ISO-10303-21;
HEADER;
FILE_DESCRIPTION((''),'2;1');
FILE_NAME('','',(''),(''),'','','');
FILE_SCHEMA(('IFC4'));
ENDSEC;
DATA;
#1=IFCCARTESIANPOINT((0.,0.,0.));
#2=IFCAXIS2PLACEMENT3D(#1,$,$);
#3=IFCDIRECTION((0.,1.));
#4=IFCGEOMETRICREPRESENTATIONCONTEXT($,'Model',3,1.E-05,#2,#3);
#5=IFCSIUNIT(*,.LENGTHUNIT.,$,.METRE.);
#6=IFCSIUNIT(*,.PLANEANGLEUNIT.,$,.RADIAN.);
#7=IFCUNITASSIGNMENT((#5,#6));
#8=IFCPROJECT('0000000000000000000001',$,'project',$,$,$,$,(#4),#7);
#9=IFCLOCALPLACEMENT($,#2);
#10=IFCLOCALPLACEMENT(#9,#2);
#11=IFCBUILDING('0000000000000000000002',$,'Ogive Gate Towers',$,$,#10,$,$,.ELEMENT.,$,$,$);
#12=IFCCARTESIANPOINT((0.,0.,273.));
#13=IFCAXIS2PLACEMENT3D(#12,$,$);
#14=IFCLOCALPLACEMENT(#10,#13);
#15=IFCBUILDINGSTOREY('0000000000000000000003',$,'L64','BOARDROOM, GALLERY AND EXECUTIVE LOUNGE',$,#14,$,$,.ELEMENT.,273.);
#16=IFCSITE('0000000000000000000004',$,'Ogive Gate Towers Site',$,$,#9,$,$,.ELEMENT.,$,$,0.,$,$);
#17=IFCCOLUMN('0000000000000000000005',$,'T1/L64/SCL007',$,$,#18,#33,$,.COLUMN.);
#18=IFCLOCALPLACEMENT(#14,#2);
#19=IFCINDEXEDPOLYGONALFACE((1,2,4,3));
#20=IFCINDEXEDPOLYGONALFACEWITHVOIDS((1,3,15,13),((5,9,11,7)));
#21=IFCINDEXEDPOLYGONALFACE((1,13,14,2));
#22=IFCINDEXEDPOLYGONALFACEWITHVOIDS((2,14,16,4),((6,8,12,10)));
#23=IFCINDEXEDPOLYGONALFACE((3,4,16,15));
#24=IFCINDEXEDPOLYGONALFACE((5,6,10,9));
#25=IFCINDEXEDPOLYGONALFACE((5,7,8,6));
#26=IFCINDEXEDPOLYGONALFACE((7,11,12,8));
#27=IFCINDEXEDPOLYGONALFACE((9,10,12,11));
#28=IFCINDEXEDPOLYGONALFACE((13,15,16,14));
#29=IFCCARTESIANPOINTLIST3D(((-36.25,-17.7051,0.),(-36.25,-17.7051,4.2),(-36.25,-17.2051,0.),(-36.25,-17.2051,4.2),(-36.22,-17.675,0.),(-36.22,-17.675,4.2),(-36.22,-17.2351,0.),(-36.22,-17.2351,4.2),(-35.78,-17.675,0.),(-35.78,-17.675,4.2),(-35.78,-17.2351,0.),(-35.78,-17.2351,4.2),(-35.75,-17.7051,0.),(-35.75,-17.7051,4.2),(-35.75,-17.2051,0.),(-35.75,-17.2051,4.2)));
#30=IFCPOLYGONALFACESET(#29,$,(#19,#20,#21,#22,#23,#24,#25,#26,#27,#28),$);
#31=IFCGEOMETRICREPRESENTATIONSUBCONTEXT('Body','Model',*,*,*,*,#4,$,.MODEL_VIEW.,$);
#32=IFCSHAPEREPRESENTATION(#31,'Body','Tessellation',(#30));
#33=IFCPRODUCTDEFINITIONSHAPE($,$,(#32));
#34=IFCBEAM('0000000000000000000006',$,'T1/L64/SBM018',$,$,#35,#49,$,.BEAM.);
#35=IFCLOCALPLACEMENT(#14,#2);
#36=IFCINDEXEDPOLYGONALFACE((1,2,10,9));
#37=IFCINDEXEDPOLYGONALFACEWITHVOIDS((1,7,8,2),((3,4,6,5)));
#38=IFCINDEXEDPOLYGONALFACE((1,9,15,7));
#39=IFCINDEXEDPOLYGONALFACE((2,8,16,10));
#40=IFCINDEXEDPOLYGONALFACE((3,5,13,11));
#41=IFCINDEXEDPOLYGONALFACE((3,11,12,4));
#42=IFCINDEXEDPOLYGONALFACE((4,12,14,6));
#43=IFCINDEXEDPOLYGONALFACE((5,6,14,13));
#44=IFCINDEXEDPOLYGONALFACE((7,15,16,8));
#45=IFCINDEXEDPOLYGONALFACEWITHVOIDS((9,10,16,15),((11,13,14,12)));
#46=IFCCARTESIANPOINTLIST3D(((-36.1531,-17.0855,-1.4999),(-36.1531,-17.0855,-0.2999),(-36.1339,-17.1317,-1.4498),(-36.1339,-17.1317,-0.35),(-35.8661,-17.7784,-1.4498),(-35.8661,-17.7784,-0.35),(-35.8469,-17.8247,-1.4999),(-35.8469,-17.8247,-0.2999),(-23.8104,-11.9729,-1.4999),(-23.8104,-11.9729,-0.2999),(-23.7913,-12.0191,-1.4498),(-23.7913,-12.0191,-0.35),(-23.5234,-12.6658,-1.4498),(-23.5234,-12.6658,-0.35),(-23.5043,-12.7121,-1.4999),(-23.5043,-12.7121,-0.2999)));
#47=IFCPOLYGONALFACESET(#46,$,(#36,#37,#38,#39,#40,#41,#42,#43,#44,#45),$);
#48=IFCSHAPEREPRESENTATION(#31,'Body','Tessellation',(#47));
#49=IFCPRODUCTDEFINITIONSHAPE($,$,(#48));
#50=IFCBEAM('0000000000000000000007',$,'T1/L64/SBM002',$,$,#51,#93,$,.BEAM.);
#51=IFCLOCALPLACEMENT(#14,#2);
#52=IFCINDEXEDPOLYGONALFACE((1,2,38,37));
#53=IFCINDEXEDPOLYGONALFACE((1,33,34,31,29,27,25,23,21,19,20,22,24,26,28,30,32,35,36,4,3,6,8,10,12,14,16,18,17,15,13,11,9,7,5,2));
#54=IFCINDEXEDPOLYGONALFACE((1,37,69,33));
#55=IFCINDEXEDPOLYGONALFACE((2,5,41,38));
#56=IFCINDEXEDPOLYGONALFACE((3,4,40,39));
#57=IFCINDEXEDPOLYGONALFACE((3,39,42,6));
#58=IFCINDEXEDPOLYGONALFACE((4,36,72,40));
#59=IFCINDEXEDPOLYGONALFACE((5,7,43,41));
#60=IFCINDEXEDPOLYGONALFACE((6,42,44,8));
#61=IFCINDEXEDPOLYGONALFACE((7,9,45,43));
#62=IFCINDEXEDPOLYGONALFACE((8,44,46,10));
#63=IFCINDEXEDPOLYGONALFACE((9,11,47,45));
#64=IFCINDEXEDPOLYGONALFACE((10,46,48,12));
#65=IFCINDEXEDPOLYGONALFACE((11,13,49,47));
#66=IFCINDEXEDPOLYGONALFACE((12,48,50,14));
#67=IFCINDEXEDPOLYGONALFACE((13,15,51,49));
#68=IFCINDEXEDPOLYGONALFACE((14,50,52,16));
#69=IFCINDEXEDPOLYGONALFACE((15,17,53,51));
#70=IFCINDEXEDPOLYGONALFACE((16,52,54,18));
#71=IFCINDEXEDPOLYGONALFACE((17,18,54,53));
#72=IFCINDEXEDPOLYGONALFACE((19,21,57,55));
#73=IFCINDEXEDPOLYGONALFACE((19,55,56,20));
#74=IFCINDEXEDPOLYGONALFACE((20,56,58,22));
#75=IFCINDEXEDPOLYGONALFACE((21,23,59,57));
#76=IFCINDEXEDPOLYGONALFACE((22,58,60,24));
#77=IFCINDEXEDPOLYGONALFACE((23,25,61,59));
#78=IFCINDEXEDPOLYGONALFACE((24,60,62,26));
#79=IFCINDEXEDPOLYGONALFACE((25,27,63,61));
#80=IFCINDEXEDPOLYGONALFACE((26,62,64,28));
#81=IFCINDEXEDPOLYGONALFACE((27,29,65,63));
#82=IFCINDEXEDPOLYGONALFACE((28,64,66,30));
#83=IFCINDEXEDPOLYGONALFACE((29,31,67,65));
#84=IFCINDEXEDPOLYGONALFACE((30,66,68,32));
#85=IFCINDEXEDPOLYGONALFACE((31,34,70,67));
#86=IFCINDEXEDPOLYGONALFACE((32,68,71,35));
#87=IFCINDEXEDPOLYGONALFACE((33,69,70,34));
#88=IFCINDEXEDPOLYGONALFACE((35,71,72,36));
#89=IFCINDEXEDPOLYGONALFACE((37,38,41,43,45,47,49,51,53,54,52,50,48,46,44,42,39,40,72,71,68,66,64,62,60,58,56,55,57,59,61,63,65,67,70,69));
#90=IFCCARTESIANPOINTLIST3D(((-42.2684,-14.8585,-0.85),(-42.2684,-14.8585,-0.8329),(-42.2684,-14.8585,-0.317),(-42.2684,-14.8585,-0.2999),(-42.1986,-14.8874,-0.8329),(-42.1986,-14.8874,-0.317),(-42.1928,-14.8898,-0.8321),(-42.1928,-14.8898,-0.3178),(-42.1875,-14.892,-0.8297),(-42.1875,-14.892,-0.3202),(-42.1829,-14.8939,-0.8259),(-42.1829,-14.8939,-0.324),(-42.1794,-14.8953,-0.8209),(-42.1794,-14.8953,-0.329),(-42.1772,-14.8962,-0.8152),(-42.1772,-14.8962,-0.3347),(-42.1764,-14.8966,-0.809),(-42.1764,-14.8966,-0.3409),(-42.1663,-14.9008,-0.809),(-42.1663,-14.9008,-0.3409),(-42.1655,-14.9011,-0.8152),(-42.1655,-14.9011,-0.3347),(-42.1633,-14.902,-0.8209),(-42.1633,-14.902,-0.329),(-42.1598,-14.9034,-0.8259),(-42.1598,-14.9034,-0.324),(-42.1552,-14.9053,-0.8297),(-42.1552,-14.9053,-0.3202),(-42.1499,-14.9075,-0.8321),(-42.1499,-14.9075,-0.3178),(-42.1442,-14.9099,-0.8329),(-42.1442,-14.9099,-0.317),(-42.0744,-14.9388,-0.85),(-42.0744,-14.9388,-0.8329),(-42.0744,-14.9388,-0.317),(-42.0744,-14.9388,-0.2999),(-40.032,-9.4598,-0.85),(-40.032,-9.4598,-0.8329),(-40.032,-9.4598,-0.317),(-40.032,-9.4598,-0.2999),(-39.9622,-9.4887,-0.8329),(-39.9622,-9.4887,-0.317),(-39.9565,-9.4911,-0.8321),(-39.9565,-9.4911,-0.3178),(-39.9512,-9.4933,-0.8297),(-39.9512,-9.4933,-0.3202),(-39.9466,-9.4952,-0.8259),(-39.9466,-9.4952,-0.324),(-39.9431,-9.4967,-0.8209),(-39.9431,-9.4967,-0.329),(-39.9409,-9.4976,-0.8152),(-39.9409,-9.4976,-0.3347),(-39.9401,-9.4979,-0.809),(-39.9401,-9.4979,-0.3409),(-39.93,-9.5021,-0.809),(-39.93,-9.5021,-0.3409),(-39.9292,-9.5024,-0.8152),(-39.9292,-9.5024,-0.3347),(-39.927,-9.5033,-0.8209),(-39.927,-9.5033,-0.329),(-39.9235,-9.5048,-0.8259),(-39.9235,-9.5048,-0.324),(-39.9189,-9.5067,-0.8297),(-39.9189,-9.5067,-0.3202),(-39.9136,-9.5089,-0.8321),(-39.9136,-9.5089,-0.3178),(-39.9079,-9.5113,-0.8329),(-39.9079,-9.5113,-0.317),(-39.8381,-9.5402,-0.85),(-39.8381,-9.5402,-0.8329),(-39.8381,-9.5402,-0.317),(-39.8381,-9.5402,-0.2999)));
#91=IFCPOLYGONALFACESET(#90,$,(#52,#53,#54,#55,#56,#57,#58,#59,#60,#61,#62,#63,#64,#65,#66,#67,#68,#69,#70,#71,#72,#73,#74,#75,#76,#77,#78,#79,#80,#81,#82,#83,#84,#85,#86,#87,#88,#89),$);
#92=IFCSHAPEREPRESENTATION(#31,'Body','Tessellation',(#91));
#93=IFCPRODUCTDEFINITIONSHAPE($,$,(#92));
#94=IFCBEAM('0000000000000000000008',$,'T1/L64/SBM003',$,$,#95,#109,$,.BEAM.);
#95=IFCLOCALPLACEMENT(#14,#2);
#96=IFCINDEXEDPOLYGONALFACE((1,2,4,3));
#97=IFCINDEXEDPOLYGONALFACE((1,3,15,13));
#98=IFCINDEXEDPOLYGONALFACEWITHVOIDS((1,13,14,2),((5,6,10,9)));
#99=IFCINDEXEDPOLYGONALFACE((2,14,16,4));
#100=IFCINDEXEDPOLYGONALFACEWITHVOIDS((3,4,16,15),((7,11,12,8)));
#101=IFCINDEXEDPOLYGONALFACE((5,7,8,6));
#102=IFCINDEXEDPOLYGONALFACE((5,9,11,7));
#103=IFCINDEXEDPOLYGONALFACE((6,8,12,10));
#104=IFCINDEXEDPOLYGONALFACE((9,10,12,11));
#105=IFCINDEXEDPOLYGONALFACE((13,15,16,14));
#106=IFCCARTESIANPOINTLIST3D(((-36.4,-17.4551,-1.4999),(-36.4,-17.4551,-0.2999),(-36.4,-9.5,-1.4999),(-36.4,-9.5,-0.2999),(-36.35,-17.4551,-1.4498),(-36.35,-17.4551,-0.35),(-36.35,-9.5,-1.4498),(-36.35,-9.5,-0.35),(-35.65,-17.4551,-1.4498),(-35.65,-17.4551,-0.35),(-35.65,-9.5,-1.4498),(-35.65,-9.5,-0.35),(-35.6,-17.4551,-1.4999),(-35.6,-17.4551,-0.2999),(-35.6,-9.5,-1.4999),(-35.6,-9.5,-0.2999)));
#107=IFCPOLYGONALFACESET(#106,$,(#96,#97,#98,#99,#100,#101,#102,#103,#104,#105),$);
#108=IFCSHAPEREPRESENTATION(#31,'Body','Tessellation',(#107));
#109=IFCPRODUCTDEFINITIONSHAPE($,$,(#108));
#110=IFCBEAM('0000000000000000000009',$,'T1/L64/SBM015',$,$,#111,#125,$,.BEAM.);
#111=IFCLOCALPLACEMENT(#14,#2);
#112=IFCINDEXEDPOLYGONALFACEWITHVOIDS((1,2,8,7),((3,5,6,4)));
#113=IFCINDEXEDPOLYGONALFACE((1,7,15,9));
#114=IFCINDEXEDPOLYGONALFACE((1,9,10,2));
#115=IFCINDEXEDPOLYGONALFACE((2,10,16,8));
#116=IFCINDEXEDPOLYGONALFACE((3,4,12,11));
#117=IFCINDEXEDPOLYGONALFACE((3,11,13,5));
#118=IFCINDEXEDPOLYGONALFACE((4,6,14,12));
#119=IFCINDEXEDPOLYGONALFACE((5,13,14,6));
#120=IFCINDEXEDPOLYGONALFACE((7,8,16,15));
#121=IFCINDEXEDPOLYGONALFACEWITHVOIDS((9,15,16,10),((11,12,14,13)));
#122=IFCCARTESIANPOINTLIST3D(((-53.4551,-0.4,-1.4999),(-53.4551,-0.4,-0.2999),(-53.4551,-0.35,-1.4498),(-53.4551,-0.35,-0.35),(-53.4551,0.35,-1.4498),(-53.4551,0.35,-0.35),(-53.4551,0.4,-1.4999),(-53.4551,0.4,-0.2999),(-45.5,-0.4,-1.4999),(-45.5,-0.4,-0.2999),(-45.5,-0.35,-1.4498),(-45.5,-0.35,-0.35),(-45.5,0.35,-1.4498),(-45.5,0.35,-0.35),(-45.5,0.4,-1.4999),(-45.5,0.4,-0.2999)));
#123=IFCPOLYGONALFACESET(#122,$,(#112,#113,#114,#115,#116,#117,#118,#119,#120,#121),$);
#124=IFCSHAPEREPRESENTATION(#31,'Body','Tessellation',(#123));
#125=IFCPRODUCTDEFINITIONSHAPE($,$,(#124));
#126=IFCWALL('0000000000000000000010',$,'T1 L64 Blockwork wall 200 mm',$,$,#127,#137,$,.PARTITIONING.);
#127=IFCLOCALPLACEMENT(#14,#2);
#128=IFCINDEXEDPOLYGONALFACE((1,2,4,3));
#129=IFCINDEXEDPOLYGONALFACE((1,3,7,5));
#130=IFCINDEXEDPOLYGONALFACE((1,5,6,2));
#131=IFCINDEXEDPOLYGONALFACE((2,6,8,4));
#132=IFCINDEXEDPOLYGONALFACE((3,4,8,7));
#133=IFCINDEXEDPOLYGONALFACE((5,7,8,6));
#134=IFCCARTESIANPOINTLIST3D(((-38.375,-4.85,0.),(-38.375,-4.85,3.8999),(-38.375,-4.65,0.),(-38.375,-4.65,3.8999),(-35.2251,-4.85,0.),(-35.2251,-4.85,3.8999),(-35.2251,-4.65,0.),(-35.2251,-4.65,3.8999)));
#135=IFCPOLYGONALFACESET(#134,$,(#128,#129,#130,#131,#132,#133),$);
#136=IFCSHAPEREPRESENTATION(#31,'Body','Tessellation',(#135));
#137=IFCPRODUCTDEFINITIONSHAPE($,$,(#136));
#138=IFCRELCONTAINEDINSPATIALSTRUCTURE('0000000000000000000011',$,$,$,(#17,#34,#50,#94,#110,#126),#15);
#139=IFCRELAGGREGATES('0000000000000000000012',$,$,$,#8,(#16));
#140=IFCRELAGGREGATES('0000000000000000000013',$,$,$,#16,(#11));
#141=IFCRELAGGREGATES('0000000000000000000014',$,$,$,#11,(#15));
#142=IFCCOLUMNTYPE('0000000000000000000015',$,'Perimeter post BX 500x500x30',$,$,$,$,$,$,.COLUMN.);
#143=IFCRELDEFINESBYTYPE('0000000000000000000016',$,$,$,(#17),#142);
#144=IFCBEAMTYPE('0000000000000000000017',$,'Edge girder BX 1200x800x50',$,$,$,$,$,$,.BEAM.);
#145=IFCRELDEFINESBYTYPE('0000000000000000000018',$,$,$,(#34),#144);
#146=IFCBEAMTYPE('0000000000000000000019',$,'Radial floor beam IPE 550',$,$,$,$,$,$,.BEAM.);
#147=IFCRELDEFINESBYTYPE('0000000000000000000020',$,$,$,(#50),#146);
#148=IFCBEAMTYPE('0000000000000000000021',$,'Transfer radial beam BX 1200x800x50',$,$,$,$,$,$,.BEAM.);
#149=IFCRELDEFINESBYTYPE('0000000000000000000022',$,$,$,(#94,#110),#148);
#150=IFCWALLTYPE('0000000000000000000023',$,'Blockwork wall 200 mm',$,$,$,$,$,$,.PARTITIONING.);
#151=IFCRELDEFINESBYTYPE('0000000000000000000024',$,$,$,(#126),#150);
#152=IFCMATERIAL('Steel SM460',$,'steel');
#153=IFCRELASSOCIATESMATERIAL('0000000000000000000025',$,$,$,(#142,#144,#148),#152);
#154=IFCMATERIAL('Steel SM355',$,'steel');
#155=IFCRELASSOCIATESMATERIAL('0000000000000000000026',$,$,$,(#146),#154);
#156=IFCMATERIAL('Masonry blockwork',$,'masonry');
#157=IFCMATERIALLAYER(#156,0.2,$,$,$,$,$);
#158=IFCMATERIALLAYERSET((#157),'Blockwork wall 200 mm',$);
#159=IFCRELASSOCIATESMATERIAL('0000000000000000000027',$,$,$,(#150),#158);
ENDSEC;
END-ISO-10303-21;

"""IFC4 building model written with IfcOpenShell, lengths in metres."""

from ifc_helpers import new_model, si_unit, direction, frame, frame_2d, origin, origin_2d, place, context, subcontext, project, spatial, rectangle, hollow_rectangle, i_section, extrude, material, layer, layer_set, material_profile, profile_set, type_object, element, save


model = new_model("IFC4")

# Units and contexts
model_context = context("Model", 3, precision=1e-05, world=origin(), true_north=direction((0.0, 1.0)))
body_context = subcontext(model_context, "Body", "Model", "MODEL_VIEW")
ifc_project = project(units=[si_unit("LENGTHUNIT", "METRE"), si_unit("PLANEANGLEUNIT", "RADIAN")], contexts=[model_context])

# Site, building, storey
site_placement = place(None, origin())
site = spatial("IfcSite", under=ifc_project, at=site_placement, Name="Ogive Gate Towers Site", CompositionType="ELEMENT", RefElevation=0.0)
building_placement = place(site_placement, origin())
building = spatial("IfcBuilding", under=site, at=building_placement, Name="Ogive Gate Towers", CompositionType="ELEMENT")
storey_placement = place(building_placement, frame((0.0, 0.0, 273.0)))
storey = spatial("IfcBuildingStorey", under=building, at=storey_placement, Name="L64", Description="BOARDROOM, GALLERY AND EXECUTIVE LOUNGE", CompositionType="ELEMENT", Elevation=273.0)

# Column
ifc_material_1 = material(Name="Steel SM460", Category="steel")
ifc_material_profile_1 = material_profile(ifc_material_1, hollow_rectangle(XDim=0.5, YDim=0.5, WallThickness=0.03, at=origin_2d()), Name="BX 500x500x30")
ifc_profile_set_1 = profile_set([ifc_material_profile_1], Name="Steel SM460")
column_type = type_object("IfcColumnType", Name="Perimeter post BX 500x500x30", PredefinedType="COLUMN", material=ifc_profile_set_1)
column_placement = place(storey_placement, frame((-36.0, -17.4551, 0.0), z_axis=(0.0, 0.0, 1.0), x_axis=(1.0, 0.0, 0.0)))
element("IfcColumn", 1, at=column_placement, inside=storey, type_object=column_type, Name="T1/L64/SCL007", PredefinedType="COLUMN", context=body_context, shape_type="SweptSolid", body=[
    extrude(hollow_rectangle(XDim=0.5, YDim=0.5, WallThickness=0.03, at=origin_2d()), origin(), (0.0, 0.0, 1.0), 4.2),
])

# Beams
ifc_material_profile_2 = material_profile(ifc_material_1, hollow_rectangle(XDim=0.8, YDim=1.2, WallThickness=0.05, at=origin_2d()), Name="BX 1200x800x50")
ifc_profile_set_2 = profile_set([ifc_material_profile_2], Name="Steel SM460")
beam_type_1 = type_object("IfcBeamType", Name="Edge girder BX 1200x800x50", PredefinedType="BEAM", material=ifc_profile_set_2)
beam_1_placement = place(storey_placement, frame((-36.0, -17.4551, -0.8999), z_axis=(0.923877, 0.38269, 0.0), x_axis=(-0.38269, 0.923877, 0.0)))
element("IfcBeam", 2, at=beam_1_placement, inside=storey, type_object=beam_type_1, Name="T1/L64/SBM018", PredefinedType="BEAM", context=body_context, shape_type="SweptSolid", body=[
    extrude(hollow_rectangle(XDim=0.8, YDim=1.2, WallThickness=0.05, at=origin_2d()), origin(), (0.0, 0.0, 1.0), 13.3596),
])
ifc_material_2 = material(Name="Steel SM355", Category="steel")
ifc_material_profile_3 = material_profile(ifc_material_2, i_section(OverallWidth=0.21, OverallDepth=0.55, WebThickness=0.011, FlangeThickness=0.0171, FilletRadius=0.0239, at=origin_2d()), Name="IPE 550")
ifc_profile_set_3 = profile_set([ifc_material_profile_3], Name="Steel SM355")
beam_type_2 = type_object("IfcBeamType", Name="Radial floor beam IPE 550", PredefinedType="BEAM", material=ifc_profile_set_3)
beam_2_placement = place(storey_placement, frame((-39.9351, -9.5, -0.575), z_axis=(-0.382701, -0.923872, 0.0), x_axis=(0.923872, -0.382701, 0.0)))
element("IfcBeam", 3, at=beam_2_placement, inside=storey, type_object=beam_type_2, Name="T1/L64/SBM002", PredefinedType="BEAM", context=body_context, shape_type="SweptSolid", body=[
    extrude(i_section(OverallWidth=0.21, OverallDepth=0.55, WebThickness=0.011, FlangeThickness=0.0171, FilletRadius=0.0239, at=origin_2d()), origin(), (0.0, 0.0, 1.0), 5.8435),
])
ifc_material_profile_4 = material_profile(ifc_material_1, hollow_rectangle(XDim=0.8, YDim=1.2, WallThickness=0.05, at=origin_2d()), Name="BX 1200x800x50")
ifc_profile_set_4 = profile_set([ifc_material_profile_4], Name="Steel SM460")
beam_type_3 = type_object("IfcBeamType", Name="Transfer radial beam BX 1200x800x50", PredefinedType="BEAM", material=ifc_profile_set_4)
for number, where, z_axis, x_axis, name in (
    (4, (-36.0, -9.5, -0.8999), (0.0, -1.0, 0.0), (1.0, 0.0, 0.0), "T1/L64/SBM003"),
    (5, (-45.5, 0.0, -0.8999), (-1.0, 0.0, 0.0), (0.0, -1.0, 0.0), "T1/L64/SBM015"),
):
    element("IfcBeam", number, at=place(storey_placement, frame(where, z_axis=z_axis, x_axis=x_axis)), inside=storey, type_object=beam_type_3, Name=name, PredefinedType="BEAM", context=body_context, shape_type="SweptSolid", body=[
        extrude(hollow_rectangle(XDim=0.8, YDim=1.2, WallThickness=0.05, at=origin_2d()), origin(), (0.0, 0.0, 1.0), 7.9551),
    ])

# Wall
ifc_material_3 = material(Name="Masonry blockwork", Category="masonry")
ifc_layer_1 = layer(ifc_material_3, 0.2)
ifc_layer_set_1 = layer_set([ifc_layer_1], Name="Blockwork wall 200 mm")
wall_type_1 = type_object("IfcWallType", Name="Blockwork wall 200 mm", PredefinedType="PARTITIONING", material=ifc_layer_set_1)
wall_1_placement = place(storey_placement, frame((-38.375, -4.75, 0.0), z_axis=(0.0, 0.0, 1.0), x_axis=(1.0, 0.0, 0.0)))
element("IfcWall", 6, at=wall_1_placement, inside=storey, type_object=wall_type_1, Name="T1 L64 Blockwork wall 200 mm", PredefinedType="PARTITIONING", context=body_context, shape_type="SweptSolid", body=[
    extrude(rectangle(XDim=3.1499, YDim=0.2, at=frame_2d((1.575, 0.0))), origin(), (0.0, 0.0, 1.0), 3.8999),
])

save(model, "model.ifc")
